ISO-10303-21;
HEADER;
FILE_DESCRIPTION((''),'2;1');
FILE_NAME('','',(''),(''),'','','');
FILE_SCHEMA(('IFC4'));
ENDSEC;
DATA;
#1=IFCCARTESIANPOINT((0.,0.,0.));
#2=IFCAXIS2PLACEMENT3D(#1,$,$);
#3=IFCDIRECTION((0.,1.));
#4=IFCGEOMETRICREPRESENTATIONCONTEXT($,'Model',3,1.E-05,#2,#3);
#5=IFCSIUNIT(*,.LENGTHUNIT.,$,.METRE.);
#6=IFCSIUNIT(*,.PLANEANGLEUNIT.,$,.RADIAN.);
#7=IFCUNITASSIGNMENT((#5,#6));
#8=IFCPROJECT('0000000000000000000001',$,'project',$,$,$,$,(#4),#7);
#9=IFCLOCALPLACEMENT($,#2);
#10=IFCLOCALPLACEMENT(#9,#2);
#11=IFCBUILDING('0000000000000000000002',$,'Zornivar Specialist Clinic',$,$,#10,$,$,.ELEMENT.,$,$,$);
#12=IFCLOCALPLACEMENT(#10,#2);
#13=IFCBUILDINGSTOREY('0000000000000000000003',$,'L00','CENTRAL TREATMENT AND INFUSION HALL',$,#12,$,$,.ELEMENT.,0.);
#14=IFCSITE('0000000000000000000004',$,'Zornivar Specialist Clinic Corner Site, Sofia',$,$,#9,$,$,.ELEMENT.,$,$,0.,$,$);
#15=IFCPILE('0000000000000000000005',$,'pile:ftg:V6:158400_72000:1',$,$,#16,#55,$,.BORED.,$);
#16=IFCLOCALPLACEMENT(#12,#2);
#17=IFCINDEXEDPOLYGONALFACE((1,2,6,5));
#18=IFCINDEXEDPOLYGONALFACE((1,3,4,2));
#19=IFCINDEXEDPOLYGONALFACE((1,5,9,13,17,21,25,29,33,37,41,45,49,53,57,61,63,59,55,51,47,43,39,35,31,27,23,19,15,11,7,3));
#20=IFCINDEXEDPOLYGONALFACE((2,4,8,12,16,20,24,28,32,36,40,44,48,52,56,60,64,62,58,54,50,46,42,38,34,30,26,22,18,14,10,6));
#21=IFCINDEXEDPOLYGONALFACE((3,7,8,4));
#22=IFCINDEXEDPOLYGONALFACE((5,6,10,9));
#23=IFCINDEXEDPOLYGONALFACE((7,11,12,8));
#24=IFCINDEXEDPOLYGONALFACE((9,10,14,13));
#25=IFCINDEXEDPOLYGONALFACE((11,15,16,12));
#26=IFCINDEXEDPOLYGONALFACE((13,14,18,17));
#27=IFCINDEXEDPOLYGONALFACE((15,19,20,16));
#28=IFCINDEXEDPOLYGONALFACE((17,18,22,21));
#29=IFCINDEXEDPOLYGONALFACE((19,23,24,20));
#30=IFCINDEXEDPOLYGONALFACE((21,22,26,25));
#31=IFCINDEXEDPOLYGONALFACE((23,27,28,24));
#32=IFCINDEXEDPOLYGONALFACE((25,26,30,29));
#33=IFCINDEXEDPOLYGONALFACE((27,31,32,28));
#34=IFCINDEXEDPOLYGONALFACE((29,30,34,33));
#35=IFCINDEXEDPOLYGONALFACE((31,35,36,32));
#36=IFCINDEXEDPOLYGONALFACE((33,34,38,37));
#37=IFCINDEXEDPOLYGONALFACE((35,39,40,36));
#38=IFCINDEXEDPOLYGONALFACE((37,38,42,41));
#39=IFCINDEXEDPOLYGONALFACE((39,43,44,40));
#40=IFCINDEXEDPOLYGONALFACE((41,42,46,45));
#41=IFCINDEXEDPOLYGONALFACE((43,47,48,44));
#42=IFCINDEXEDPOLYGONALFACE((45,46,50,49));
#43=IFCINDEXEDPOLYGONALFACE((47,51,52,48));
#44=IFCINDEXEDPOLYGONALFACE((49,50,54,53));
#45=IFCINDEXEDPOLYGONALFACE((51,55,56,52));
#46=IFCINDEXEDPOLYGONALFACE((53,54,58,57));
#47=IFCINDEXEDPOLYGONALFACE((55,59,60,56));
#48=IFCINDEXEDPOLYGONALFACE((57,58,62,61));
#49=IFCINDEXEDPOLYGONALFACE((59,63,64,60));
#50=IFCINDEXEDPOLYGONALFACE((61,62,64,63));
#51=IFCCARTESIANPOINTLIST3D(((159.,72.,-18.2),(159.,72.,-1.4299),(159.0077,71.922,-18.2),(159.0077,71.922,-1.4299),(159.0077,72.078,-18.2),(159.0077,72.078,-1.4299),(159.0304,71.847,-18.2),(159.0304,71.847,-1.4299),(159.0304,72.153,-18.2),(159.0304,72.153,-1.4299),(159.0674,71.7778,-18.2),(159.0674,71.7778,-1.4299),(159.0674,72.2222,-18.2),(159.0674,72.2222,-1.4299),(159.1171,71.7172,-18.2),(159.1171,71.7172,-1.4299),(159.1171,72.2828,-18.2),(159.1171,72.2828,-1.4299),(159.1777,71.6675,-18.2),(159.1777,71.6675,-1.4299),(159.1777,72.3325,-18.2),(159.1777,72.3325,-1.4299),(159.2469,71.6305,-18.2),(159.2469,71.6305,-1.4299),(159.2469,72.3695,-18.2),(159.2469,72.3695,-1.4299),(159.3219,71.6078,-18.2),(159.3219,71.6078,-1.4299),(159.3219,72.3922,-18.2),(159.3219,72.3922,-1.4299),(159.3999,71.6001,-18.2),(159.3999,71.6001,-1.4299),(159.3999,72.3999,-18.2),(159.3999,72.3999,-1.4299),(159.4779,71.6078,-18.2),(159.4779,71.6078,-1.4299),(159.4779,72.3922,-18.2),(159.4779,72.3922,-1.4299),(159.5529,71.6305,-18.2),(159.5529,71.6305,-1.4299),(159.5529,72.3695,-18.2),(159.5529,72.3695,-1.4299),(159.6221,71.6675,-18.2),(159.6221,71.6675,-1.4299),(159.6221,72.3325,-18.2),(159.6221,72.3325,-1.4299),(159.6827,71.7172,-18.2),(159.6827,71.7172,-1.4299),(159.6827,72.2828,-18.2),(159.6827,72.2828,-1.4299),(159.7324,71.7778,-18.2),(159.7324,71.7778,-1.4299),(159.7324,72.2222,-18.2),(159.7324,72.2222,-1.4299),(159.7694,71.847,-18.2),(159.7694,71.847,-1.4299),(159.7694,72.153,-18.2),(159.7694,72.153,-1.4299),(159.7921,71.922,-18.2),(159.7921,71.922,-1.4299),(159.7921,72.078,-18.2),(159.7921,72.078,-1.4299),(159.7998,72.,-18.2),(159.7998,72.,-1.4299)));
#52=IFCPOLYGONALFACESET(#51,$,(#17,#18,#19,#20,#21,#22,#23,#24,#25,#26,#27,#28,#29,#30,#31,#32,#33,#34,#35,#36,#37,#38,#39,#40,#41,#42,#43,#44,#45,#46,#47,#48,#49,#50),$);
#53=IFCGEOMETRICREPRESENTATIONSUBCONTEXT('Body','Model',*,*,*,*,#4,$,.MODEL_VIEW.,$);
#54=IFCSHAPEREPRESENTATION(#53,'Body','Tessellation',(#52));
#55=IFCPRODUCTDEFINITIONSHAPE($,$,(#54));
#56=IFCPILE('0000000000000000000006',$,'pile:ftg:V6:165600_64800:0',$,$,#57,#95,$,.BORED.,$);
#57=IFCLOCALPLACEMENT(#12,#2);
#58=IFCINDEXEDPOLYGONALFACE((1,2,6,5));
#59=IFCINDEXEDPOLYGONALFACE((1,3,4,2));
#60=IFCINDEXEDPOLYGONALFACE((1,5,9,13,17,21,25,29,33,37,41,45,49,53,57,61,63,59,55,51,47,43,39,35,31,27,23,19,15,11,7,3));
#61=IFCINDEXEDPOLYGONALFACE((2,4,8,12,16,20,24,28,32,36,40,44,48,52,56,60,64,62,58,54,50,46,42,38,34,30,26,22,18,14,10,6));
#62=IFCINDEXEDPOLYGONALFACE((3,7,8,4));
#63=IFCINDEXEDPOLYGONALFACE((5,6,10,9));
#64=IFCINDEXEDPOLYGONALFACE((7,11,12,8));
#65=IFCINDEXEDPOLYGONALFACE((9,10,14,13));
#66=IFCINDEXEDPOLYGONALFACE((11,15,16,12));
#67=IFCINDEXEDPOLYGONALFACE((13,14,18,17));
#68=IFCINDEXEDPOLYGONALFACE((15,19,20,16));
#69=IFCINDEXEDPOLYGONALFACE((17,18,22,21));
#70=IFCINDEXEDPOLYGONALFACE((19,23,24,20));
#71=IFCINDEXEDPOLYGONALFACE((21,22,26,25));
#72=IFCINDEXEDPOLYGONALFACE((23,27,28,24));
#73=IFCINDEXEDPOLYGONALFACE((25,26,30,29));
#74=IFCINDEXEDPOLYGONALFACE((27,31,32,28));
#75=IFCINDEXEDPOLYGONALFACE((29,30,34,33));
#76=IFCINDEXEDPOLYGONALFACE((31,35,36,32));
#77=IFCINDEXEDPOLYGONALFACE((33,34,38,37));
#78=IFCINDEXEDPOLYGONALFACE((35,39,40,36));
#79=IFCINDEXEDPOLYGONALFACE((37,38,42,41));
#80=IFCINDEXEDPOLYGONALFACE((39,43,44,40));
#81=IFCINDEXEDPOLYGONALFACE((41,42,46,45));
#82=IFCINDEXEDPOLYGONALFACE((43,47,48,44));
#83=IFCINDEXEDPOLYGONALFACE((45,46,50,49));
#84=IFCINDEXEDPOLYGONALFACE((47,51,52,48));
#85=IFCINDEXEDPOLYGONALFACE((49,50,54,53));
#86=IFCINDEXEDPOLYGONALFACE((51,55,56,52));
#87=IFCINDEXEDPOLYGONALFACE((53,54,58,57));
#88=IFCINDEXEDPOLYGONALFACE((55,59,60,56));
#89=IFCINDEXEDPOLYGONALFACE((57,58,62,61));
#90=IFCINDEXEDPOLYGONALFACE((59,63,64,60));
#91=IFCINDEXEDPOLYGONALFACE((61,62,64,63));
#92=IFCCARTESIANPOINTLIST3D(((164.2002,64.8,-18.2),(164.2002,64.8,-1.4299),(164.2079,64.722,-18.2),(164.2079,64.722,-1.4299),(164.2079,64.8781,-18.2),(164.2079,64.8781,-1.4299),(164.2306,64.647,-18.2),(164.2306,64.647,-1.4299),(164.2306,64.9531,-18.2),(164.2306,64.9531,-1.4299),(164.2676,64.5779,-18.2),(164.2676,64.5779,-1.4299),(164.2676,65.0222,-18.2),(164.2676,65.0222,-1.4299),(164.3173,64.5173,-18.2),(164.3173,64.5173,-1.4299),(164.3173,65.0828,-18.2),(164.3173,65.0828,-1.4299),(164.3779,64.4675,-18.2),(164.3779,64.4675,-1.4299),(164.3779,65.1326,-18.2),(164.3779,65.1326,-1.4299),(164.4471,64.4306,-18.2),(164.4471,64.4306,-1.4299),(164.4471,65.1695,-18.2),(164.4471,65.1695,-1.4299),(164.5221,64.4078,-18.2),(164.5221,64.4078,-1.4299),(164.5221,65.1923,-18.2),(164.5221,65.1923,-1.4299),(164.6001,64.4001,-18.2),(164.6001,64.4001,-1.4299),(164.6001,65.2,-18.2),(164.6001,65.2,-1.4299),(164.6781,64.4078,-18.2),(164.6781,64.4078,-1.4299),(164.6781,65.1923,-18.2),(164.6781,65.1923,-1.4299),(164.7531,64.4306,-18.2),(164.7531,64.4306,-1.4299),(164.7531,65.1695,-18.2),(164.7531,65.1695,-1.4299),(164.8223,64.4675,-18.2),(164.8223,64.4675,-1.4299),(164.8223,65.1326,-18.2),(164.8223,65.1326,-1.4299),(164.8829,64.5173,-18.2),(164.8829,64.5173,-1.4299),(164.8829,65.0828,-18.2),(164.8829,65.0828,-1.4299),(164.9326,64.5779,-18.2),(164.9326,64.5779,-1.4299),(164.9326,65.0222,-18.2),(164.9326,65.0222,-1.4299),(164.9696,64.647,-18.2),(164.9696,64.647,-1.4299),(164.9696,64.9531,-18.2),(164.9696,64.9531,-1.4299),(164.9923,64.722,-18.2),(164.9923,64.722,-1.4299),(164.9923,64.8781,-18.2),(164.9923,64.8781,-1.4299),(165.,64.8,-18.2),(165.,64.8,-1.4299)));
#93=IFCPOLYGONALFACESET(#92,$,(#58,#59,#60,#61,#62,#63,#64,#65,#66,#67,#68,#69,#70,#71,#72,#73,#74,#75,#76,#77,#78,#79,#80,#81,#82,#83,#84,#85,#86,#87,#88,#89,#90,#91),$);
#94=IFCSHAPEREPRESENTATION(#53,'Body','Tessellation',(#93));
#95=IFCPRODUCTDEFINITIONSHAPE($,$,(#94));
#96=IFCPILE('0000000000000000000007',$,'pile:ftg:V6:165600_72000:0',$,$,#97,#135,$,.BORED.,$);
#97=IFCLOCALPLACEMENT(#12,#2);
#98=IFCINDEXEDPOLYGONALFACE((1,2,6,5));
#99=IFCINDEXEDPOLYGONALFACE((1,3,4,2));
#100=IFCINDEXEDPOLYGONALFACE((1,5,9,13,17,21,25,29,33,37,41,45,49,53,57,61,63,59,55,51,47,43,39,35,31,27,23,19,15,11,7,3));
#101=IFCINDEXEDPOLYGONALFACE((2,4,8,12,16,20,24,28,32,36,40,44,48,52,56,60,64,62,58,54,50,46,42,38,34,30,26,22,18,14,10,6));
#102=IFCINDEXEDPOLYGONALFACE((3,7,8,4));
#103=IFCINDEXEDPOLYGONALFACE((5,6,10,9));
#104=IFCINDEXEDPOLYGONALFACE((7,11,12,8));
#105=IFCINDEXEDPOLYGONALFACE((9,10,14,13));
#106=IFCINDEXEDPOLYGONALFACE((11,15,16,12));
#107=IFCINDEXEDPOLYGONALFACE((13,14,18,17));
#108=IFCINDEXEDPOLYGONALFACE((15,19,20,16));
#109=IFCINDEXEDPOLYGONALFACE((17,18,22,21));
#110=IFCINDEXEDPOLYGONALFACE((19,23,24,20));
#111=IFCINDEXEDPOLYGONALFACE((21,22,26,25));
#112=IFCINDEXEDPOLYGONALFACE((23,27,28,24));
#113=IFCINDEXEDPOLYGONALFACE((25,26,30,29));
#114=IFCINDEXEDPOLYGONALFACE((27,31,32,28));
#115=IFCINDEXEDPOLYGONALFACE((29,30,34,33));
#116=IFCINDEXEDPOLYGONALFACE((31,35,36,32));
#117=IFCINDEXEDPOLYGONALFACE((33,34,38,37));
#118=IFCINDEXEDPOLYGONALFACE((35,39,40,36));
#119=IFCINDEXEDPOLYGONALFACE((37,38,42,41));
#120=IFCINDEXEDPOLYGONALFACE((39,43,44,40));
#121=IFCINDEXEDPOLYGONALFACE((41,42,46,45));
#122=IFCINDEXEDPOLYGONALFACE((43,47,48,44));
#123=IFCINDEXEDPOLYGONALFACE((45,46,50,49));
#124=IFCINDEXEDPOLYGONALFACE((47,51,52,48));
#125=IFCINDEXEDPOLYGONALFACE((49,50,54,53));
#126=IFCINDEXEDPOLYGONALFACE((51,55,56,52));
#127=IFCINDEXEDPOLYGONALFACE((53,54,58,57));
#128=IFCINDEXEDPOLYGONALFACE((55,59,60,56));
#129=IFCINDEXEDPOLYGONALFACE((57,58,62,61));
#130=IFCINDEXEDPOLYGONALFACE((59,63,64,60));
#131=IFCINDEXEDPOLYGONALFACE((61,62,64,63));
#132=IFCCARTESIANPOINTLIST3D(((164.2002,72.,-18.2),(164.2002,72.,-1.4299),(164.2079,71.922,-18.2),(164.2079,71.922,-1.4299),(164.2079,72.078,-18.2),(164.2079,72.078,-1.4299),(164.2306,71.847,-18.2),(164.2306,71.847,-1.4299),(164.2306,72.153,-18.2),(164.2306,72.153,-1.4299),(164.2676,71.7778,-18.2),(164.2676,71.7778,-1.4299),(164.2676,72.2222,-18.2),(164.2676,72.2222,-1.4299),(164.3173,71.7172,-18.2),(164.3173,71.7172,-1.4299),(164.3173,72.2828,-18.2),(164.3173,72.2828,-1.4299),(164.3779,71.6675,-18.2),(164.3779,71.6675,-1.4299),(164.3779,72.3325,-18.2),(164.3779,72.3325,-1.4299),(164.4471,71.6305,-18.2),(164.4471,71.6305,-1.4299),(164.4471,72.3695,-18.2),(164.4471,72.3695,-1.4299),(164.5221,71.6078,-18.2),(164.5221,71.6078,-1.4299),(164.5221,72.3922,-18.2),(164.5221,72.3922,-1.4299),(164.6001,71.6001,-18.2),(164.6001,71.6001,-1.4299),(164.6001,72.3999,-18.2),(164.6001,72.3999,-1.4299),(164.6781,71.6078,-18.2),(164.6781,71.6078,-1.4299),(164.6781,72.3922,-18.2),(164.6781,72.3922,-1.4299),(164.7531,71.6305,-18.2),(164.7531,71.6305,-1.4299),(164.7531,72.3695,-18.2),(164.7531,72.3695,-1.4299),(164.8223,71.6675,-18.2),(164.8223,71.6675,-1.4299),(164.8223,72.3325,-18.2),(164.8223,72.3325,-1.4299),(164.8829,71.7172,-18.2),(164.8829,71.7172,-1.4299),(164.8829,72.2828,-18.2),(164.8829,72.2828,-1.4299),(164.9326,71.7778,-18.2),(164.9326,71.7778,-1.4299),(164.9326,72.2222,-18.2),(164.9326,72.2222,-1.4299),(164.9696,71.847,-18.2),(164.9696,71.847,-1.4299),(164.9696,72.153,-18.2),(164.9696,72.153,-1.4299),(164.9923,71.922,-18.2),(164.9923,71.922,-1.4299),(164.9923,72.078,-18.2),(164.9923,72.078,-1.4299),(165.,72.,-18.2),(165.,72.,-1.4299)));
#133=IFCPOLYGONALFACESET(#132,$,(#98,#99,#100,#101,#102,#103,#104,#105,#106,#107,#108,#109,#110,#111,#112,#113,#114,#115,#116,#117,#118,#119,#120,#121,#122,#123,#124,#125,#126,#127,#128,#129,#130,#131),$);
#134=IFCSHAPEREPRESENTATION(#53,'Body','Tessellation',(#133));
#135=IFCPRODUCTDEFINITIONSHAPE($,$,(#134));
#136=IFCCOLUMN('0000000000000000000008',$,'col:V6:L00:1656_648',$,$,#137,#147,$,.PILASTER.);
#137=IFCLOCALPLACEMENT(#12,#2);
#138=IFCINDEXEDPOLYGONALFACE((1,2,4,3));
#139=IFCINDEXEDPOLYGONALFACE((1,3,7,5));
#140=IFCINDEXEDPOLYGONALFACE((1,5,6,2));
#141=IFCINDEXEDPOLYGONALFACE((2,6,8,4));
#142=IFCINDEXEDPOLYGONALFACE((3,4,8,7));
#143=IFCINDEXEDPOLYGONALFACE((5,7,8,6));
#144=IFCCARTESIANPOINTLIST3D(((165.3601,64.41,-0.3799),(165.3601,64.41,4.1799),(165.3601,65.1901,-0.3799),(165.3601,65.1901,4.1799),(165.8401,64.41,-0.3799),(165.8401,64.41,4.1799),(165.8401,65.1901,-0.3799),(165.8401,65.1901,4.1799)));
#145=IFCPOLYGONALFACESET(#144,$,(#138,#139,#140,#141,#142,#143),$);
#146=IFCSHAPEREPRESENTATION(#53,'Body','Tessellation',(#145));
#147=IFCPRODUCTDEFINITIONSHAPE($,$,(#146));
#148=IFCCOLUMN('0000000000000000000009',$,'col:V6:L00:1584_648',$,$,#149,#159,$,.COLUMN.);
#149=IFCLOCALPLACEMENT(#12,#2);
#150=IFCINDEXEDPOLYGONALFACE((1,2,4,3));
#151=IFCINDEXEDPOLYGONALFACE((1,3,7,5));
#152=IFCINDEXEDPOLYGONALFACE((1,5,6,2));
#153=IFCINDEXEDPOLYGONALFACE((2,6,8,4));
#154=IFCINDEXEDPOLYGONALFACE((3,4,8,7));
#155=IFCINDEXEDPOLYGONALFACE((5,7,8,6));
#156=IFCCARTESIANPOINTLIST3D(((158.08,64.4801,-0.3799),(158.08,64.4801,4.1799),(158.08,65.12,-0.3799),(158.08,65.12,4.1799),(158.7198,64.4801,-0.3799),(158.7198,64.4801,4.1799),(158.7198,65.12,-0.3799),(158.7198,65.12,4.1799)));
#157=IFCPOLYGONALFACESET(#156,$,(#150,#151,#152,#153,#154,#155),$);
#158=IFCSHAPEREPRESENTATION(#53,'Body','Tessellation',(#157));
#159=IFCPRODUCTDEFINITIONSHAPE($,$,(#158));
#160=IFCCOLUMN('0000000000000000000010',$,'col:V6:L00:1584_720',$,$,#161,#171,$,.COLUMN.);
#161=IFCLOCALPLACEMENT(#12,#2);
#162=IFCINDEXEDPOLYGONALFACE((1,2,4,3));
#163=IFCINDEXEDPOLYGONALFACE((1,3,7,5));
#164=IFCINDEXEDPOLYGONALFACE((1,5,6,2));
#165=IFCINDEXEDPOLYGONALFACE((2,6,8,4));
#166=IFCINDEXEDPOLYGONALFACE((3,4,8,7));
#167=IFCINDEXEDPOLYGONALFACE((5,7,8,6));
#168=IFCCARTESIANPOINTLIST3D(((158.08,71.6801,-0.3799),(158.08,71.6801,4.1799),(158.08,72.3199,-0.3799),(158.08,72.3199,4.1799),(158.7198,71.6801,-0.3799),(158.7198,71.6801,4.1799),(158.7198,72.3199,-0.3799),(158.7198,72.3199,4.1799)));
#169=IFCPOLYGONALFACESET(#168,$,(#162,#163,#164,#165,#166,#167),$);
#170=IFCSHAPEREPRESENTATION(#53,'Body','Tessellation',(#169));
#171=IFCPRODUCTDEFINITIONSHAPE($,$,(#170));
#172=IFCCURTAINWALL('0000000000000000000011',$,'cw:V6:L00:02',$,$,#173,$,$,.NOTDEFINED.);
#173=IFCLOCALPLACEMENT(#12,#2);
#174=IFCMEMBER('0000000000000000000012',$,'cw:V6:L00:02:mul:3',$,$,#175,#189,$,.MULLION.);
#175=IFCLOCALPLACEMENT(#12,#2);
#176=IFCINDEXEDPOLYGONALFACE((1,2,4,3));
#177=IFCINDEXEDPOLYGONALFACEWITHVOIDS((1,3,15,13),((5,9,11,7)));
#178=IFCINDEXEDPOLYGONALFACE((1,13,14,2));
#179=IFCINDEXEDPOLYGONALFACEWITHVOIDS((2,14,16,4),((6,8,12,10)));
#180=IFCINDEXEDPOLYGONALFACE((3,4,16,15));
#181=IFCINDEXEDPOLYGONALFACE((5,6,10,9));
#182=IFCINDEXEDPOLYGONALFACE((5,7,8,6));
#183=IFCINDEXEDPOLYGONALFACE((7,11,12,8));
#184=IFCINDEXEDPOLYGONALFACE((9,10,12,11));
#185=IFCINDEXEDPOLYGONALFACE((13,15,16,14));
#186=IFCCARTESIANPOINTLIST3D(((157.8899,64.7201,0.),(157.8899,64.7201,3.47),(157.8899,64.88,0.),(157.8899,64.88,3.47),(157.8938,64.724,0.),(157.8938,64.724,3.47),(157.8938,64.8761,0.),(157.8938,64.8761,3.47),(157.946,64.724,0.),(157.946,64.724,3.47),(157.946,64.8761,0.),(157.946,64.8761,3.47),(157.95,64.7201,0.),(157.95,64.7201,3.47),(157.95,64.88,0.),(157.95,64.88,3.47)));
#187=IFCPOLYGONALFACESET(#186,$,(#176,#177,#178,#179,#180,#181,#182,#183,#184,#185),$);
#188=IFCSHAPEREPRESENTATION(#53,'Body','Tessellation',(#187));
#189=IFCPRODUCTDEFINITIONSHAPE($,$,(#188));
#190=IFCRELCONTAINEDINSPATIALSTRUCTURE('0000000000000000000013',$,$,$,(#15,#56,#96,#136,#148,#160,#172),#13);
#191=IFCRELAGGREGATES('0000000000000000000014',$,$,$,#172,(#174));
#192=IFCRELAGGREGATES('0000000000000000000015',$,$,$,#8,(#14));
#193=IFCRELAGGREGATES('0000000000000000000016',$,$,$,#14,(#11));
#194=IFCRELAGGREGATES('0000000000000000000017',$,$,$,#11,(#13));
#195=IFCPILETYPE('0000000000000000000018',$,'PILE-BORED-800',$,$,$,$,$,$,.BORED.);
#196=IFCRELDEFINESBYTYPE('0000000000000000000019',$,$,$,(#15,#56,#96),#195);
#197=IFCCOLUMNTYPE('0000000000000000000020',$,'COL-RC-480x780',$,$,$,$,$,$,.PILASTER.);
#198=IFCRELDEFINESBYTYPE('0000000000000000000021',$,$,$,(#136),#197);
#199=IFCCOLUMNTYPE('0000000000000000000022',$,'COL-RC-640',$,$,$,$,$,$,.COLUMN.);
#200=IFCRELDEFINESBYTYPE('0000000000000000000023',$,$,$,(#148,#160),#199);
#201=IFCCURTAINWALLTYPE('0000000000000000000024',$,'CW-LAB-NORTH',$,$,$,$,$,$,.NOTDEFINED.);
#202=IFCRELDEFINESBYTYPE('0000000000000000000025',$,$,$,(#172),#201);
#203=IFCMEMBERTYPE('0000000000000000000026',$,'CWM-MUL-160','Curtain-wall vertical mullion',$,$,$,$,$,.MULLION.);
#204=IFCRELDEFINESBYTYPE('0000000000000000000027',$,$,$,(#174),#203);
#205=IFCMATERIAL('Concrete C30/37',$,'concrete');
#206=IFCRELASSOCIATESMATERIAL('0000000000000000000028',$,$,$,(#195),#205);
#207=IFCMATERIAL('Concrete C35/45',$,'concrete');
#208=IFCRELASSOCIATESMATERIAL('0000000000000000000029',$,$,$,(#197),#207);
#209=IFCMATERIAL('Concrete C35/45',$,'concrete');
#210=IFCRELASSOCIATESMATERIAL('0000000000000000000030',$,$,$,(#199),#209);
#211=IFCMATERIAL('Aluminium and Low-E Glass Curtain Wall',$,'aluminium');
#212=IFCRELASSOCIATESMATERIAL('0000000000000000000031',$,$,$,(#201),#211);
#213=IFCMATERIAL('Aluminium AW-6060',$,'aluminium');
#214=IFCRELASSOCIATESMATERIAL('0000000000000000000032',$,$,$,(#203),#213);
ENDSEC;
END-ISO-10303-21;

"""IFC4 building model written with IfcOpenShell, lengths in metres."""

from ifc_helpers import new_model, si_unit, direction, frame, origin, origin_2d, place, context, subcontext, project, spatial, rectangle, hollow_rectangle, circle, extrude, material, material_profile, profile_set, type_object, element, aggregate, save


model = new_model("IFC4")

# Units and contexts
model_context = context("Model", 3, precision=1e-05, world=origin(), true_north=direction((0.0, 1.0)))
body_context = subcontext(model_context, "Body", "Model", "MODEL_VIEW")
ifc_project = project(units=[si_unit("LENGTHUNIT", "METRE"), si_unit("PLANEANGLEUNIT", "RADIAN")], contexts=[model_context])

# Site, building, storey
site_placement = place(None, origin())
site = spatial("IfcSite", under=ifc_project, at=site_placement, Name="Zornivar Specialist Clinic Corner Site, Sofia", CompositionType="ELEMENT", RefElevation=0.0)
building_placement = place(site_placement, origin())
building = spatial("IfcBuilding", under=site, at=building_placement, Name="Zornivar Specialist Clinic", CompositionType="ELEMENT")
storey_placement = place(building_placement, origin())
storey = spatial("IfcBuildingStorey", under=building, at=storey_placement, Name="L00", Description="CENTRAL TREATMENT AND INFUSION HALL", CompositionType="ELEMENT", Elevation=0.0)

# Piles
ifc_material_1 = material(Name="Concrete C30/37", Category="concrete")
ifc_material_profile_1 = material_profile(ifc_material_1, circle(Radius=0.3999, at=origin_2d()), Name="PILE D800")
ifc_profile_set_1 = profile_set([ifc_material_profile_1], Name="Concrete C30/37")
pile_type = type_object("IfcPileType", Name="PILE-BORED-800", PredefinedType="BORED", material=ifc_profile_set_1)
for number, where, z_axis, x_axis, name in (
    (1, (159.3999, 72.0, -1.4299), (0.0, 0.0, -1.0), (1.0, 0.0, 0.0), "pile:ftg:V6:158400_72000:1"),
    (2, (164.6001, 64.8, -1.4299), (0.0, 0.0, -1.0), (1.0, 0.0, 0.0), "pile:ftg:V6:165600_64800:0"),
    (3, (164.6001, 72.0, -1.4299), (0.0, 0.0, -1.0), (1.0, 0.0, 0.0), "pile:ftg:V6:165600_72000:0"),
):
    element("IfcPile", number, at=place(storey_placement, frame(where, z_axis=z_axis, x_axis=x_axis)), inside=storey, type_object=pile_type, Name=name, PredefinedType="BORED", context=body_context, shape_type="SweptSolid", body=[
        extrude(circle(Radius=0.3999, at=origin_2d()), origin(), (0.0, 0.0, 1.0), 16.77),
    ])

# Columns
ifc_material_2 = material(Name="Concrete C35/45", Category="concrete")
ifc_material_profile_2 = material_profile(ifc_material_2, rectangle(XDim=0.48, YDim=0.78, at=origin_2d()), Name="RC 480x780")
ifc_profile_set_2 = profile_set([ifc_material_profile_2], Name="Concrete C35/45")
column_type_1 = type_object("IfcColumnType", Name="COL-RC-480x780", PredefinedType="PILASTER", material=ifc_profile_set_2)
column_placement = place(storey_placement, frame((165.6001, 64.8, -0.3799), z_axis=(0.0, 0.0, 1.0), x_axis=(1.0, 0.0, 0.0)))
element("IfcColumn", 4, at=column_placement, inside=storey, type_object=column_type_1, Name="col:V6:L00:1656_648", PredefinedType="PILASTER", context=body_context, shape_type="SweptSolid", body=[
    extrude(rectangle(XDim=0.48, YDim=0.78, at=origin_2d()), origin(), (0.0, 0.0, 1.0), 4.5598),
])
ifc_material_3 = material(Name="Concrete C35/45", Category="concrete")
ifc_material_profile_3 = material_profile(ifc_material_3, rectangle(XDim=0.6399, YDim=0.6399, at=origin_2d()), Name="RC 640x640")
ifc_profile_set_3 = profile_set([ifc_material_profile_3], Name="Concrete C35/45")
column_type_2 = type_object("IfcColumnType", Name="COL-RC-640", PredefinedType="COLUMN", material=ifc_profile_set_3)
for number, where, z_axis, x_axis, name in (
    (5, (158.3999, 64.8, -0.3799), (0.0, 0.0, 1.0), (1.0, 0.0, 0.0), "col:V6:L00:1584_648"),
    (6, (158.3999, 72.0, -0.3799), (0.0, 0.0, 1.0), (1.0, 0.0, 0.0), "col:V6:L00:1584_720"),
):
    element("IfcColumn", number, at=place(storey_placement, frame(where, z_axis=z_axis, x_axis=x_axis)), inside=storey, type_object=column_type_2, Name=name, PredefinedType="COLUMN", context=body_context, shape_type="SweptSolid", body=[
        extrude(rectangle(XDim=0.6399, YDim=0.6399, at=origin_2d()), origin(), (0.0, 0.0, 1.0), 4.5598),
    ])

# Curtain wall, member
ifc_material_4 = material(Name="Aluminium and Low-E Glass Curtain Wall", Category="aluminium")
curtain_wall_type = type_object("IfcCurtainWallType", Name="CW-LAB-NORTH", PredefinedType="NOTDEFINED", material=ifc_material_4)
curtain_wall_placement = place(storey_placement, origin())
curtain_wall = element("IfcCurtainWall", 7, at=curtain_wall_placement, inside=storey, type_object=curtain_wall_type, Name="cw:V6:L00:02", PredefinedType="NOTDEFINED")
ifc_material_5 = material(Name="Aluminium AW-6060", Category="aluminium")
ifc_material_profile_4 = material_profile(ifc_material_5, hollow_rectangle(XDim=0.0601, YDim=0.1599, WallThickness=0.0039, at=origin_2d()), Name="ALU 60x160x4")
ifc_profile_set_4 = profile_set([ifc_material_profile_4], Name="Aluminium AW-6060")
member_type = type_object("IfcMemberType", Name="CWM-MUL-160", Description="Curtain-wall vertical mullion", PredefinedType="MULLION", material=ifc_profile_set_4)
member_placement = place(storey_placement, frame((157.9199, 64.8, 0.0), z_axis=(0.0, 0.0, 1.0), x_axis=(1.0, 0.0, 0.0)))
member = element("IfcMember", 8, at=member_placement, type_object=member_type, Name="cw:V6:L00:02:mul:3", PredefinedType="MULLION", context=body_context, shape_type="SweptSolid", body=[
    extrude(hollow_rectangle(XDim=0.0601, YDim=0.1599, WallThickness=0.0039, at=origin_2d()), origin(), (0.0, 0.0, 1.0), 3.47),
])
aggregate(curtain_wall, [member])

save(model, "model.ifc")
